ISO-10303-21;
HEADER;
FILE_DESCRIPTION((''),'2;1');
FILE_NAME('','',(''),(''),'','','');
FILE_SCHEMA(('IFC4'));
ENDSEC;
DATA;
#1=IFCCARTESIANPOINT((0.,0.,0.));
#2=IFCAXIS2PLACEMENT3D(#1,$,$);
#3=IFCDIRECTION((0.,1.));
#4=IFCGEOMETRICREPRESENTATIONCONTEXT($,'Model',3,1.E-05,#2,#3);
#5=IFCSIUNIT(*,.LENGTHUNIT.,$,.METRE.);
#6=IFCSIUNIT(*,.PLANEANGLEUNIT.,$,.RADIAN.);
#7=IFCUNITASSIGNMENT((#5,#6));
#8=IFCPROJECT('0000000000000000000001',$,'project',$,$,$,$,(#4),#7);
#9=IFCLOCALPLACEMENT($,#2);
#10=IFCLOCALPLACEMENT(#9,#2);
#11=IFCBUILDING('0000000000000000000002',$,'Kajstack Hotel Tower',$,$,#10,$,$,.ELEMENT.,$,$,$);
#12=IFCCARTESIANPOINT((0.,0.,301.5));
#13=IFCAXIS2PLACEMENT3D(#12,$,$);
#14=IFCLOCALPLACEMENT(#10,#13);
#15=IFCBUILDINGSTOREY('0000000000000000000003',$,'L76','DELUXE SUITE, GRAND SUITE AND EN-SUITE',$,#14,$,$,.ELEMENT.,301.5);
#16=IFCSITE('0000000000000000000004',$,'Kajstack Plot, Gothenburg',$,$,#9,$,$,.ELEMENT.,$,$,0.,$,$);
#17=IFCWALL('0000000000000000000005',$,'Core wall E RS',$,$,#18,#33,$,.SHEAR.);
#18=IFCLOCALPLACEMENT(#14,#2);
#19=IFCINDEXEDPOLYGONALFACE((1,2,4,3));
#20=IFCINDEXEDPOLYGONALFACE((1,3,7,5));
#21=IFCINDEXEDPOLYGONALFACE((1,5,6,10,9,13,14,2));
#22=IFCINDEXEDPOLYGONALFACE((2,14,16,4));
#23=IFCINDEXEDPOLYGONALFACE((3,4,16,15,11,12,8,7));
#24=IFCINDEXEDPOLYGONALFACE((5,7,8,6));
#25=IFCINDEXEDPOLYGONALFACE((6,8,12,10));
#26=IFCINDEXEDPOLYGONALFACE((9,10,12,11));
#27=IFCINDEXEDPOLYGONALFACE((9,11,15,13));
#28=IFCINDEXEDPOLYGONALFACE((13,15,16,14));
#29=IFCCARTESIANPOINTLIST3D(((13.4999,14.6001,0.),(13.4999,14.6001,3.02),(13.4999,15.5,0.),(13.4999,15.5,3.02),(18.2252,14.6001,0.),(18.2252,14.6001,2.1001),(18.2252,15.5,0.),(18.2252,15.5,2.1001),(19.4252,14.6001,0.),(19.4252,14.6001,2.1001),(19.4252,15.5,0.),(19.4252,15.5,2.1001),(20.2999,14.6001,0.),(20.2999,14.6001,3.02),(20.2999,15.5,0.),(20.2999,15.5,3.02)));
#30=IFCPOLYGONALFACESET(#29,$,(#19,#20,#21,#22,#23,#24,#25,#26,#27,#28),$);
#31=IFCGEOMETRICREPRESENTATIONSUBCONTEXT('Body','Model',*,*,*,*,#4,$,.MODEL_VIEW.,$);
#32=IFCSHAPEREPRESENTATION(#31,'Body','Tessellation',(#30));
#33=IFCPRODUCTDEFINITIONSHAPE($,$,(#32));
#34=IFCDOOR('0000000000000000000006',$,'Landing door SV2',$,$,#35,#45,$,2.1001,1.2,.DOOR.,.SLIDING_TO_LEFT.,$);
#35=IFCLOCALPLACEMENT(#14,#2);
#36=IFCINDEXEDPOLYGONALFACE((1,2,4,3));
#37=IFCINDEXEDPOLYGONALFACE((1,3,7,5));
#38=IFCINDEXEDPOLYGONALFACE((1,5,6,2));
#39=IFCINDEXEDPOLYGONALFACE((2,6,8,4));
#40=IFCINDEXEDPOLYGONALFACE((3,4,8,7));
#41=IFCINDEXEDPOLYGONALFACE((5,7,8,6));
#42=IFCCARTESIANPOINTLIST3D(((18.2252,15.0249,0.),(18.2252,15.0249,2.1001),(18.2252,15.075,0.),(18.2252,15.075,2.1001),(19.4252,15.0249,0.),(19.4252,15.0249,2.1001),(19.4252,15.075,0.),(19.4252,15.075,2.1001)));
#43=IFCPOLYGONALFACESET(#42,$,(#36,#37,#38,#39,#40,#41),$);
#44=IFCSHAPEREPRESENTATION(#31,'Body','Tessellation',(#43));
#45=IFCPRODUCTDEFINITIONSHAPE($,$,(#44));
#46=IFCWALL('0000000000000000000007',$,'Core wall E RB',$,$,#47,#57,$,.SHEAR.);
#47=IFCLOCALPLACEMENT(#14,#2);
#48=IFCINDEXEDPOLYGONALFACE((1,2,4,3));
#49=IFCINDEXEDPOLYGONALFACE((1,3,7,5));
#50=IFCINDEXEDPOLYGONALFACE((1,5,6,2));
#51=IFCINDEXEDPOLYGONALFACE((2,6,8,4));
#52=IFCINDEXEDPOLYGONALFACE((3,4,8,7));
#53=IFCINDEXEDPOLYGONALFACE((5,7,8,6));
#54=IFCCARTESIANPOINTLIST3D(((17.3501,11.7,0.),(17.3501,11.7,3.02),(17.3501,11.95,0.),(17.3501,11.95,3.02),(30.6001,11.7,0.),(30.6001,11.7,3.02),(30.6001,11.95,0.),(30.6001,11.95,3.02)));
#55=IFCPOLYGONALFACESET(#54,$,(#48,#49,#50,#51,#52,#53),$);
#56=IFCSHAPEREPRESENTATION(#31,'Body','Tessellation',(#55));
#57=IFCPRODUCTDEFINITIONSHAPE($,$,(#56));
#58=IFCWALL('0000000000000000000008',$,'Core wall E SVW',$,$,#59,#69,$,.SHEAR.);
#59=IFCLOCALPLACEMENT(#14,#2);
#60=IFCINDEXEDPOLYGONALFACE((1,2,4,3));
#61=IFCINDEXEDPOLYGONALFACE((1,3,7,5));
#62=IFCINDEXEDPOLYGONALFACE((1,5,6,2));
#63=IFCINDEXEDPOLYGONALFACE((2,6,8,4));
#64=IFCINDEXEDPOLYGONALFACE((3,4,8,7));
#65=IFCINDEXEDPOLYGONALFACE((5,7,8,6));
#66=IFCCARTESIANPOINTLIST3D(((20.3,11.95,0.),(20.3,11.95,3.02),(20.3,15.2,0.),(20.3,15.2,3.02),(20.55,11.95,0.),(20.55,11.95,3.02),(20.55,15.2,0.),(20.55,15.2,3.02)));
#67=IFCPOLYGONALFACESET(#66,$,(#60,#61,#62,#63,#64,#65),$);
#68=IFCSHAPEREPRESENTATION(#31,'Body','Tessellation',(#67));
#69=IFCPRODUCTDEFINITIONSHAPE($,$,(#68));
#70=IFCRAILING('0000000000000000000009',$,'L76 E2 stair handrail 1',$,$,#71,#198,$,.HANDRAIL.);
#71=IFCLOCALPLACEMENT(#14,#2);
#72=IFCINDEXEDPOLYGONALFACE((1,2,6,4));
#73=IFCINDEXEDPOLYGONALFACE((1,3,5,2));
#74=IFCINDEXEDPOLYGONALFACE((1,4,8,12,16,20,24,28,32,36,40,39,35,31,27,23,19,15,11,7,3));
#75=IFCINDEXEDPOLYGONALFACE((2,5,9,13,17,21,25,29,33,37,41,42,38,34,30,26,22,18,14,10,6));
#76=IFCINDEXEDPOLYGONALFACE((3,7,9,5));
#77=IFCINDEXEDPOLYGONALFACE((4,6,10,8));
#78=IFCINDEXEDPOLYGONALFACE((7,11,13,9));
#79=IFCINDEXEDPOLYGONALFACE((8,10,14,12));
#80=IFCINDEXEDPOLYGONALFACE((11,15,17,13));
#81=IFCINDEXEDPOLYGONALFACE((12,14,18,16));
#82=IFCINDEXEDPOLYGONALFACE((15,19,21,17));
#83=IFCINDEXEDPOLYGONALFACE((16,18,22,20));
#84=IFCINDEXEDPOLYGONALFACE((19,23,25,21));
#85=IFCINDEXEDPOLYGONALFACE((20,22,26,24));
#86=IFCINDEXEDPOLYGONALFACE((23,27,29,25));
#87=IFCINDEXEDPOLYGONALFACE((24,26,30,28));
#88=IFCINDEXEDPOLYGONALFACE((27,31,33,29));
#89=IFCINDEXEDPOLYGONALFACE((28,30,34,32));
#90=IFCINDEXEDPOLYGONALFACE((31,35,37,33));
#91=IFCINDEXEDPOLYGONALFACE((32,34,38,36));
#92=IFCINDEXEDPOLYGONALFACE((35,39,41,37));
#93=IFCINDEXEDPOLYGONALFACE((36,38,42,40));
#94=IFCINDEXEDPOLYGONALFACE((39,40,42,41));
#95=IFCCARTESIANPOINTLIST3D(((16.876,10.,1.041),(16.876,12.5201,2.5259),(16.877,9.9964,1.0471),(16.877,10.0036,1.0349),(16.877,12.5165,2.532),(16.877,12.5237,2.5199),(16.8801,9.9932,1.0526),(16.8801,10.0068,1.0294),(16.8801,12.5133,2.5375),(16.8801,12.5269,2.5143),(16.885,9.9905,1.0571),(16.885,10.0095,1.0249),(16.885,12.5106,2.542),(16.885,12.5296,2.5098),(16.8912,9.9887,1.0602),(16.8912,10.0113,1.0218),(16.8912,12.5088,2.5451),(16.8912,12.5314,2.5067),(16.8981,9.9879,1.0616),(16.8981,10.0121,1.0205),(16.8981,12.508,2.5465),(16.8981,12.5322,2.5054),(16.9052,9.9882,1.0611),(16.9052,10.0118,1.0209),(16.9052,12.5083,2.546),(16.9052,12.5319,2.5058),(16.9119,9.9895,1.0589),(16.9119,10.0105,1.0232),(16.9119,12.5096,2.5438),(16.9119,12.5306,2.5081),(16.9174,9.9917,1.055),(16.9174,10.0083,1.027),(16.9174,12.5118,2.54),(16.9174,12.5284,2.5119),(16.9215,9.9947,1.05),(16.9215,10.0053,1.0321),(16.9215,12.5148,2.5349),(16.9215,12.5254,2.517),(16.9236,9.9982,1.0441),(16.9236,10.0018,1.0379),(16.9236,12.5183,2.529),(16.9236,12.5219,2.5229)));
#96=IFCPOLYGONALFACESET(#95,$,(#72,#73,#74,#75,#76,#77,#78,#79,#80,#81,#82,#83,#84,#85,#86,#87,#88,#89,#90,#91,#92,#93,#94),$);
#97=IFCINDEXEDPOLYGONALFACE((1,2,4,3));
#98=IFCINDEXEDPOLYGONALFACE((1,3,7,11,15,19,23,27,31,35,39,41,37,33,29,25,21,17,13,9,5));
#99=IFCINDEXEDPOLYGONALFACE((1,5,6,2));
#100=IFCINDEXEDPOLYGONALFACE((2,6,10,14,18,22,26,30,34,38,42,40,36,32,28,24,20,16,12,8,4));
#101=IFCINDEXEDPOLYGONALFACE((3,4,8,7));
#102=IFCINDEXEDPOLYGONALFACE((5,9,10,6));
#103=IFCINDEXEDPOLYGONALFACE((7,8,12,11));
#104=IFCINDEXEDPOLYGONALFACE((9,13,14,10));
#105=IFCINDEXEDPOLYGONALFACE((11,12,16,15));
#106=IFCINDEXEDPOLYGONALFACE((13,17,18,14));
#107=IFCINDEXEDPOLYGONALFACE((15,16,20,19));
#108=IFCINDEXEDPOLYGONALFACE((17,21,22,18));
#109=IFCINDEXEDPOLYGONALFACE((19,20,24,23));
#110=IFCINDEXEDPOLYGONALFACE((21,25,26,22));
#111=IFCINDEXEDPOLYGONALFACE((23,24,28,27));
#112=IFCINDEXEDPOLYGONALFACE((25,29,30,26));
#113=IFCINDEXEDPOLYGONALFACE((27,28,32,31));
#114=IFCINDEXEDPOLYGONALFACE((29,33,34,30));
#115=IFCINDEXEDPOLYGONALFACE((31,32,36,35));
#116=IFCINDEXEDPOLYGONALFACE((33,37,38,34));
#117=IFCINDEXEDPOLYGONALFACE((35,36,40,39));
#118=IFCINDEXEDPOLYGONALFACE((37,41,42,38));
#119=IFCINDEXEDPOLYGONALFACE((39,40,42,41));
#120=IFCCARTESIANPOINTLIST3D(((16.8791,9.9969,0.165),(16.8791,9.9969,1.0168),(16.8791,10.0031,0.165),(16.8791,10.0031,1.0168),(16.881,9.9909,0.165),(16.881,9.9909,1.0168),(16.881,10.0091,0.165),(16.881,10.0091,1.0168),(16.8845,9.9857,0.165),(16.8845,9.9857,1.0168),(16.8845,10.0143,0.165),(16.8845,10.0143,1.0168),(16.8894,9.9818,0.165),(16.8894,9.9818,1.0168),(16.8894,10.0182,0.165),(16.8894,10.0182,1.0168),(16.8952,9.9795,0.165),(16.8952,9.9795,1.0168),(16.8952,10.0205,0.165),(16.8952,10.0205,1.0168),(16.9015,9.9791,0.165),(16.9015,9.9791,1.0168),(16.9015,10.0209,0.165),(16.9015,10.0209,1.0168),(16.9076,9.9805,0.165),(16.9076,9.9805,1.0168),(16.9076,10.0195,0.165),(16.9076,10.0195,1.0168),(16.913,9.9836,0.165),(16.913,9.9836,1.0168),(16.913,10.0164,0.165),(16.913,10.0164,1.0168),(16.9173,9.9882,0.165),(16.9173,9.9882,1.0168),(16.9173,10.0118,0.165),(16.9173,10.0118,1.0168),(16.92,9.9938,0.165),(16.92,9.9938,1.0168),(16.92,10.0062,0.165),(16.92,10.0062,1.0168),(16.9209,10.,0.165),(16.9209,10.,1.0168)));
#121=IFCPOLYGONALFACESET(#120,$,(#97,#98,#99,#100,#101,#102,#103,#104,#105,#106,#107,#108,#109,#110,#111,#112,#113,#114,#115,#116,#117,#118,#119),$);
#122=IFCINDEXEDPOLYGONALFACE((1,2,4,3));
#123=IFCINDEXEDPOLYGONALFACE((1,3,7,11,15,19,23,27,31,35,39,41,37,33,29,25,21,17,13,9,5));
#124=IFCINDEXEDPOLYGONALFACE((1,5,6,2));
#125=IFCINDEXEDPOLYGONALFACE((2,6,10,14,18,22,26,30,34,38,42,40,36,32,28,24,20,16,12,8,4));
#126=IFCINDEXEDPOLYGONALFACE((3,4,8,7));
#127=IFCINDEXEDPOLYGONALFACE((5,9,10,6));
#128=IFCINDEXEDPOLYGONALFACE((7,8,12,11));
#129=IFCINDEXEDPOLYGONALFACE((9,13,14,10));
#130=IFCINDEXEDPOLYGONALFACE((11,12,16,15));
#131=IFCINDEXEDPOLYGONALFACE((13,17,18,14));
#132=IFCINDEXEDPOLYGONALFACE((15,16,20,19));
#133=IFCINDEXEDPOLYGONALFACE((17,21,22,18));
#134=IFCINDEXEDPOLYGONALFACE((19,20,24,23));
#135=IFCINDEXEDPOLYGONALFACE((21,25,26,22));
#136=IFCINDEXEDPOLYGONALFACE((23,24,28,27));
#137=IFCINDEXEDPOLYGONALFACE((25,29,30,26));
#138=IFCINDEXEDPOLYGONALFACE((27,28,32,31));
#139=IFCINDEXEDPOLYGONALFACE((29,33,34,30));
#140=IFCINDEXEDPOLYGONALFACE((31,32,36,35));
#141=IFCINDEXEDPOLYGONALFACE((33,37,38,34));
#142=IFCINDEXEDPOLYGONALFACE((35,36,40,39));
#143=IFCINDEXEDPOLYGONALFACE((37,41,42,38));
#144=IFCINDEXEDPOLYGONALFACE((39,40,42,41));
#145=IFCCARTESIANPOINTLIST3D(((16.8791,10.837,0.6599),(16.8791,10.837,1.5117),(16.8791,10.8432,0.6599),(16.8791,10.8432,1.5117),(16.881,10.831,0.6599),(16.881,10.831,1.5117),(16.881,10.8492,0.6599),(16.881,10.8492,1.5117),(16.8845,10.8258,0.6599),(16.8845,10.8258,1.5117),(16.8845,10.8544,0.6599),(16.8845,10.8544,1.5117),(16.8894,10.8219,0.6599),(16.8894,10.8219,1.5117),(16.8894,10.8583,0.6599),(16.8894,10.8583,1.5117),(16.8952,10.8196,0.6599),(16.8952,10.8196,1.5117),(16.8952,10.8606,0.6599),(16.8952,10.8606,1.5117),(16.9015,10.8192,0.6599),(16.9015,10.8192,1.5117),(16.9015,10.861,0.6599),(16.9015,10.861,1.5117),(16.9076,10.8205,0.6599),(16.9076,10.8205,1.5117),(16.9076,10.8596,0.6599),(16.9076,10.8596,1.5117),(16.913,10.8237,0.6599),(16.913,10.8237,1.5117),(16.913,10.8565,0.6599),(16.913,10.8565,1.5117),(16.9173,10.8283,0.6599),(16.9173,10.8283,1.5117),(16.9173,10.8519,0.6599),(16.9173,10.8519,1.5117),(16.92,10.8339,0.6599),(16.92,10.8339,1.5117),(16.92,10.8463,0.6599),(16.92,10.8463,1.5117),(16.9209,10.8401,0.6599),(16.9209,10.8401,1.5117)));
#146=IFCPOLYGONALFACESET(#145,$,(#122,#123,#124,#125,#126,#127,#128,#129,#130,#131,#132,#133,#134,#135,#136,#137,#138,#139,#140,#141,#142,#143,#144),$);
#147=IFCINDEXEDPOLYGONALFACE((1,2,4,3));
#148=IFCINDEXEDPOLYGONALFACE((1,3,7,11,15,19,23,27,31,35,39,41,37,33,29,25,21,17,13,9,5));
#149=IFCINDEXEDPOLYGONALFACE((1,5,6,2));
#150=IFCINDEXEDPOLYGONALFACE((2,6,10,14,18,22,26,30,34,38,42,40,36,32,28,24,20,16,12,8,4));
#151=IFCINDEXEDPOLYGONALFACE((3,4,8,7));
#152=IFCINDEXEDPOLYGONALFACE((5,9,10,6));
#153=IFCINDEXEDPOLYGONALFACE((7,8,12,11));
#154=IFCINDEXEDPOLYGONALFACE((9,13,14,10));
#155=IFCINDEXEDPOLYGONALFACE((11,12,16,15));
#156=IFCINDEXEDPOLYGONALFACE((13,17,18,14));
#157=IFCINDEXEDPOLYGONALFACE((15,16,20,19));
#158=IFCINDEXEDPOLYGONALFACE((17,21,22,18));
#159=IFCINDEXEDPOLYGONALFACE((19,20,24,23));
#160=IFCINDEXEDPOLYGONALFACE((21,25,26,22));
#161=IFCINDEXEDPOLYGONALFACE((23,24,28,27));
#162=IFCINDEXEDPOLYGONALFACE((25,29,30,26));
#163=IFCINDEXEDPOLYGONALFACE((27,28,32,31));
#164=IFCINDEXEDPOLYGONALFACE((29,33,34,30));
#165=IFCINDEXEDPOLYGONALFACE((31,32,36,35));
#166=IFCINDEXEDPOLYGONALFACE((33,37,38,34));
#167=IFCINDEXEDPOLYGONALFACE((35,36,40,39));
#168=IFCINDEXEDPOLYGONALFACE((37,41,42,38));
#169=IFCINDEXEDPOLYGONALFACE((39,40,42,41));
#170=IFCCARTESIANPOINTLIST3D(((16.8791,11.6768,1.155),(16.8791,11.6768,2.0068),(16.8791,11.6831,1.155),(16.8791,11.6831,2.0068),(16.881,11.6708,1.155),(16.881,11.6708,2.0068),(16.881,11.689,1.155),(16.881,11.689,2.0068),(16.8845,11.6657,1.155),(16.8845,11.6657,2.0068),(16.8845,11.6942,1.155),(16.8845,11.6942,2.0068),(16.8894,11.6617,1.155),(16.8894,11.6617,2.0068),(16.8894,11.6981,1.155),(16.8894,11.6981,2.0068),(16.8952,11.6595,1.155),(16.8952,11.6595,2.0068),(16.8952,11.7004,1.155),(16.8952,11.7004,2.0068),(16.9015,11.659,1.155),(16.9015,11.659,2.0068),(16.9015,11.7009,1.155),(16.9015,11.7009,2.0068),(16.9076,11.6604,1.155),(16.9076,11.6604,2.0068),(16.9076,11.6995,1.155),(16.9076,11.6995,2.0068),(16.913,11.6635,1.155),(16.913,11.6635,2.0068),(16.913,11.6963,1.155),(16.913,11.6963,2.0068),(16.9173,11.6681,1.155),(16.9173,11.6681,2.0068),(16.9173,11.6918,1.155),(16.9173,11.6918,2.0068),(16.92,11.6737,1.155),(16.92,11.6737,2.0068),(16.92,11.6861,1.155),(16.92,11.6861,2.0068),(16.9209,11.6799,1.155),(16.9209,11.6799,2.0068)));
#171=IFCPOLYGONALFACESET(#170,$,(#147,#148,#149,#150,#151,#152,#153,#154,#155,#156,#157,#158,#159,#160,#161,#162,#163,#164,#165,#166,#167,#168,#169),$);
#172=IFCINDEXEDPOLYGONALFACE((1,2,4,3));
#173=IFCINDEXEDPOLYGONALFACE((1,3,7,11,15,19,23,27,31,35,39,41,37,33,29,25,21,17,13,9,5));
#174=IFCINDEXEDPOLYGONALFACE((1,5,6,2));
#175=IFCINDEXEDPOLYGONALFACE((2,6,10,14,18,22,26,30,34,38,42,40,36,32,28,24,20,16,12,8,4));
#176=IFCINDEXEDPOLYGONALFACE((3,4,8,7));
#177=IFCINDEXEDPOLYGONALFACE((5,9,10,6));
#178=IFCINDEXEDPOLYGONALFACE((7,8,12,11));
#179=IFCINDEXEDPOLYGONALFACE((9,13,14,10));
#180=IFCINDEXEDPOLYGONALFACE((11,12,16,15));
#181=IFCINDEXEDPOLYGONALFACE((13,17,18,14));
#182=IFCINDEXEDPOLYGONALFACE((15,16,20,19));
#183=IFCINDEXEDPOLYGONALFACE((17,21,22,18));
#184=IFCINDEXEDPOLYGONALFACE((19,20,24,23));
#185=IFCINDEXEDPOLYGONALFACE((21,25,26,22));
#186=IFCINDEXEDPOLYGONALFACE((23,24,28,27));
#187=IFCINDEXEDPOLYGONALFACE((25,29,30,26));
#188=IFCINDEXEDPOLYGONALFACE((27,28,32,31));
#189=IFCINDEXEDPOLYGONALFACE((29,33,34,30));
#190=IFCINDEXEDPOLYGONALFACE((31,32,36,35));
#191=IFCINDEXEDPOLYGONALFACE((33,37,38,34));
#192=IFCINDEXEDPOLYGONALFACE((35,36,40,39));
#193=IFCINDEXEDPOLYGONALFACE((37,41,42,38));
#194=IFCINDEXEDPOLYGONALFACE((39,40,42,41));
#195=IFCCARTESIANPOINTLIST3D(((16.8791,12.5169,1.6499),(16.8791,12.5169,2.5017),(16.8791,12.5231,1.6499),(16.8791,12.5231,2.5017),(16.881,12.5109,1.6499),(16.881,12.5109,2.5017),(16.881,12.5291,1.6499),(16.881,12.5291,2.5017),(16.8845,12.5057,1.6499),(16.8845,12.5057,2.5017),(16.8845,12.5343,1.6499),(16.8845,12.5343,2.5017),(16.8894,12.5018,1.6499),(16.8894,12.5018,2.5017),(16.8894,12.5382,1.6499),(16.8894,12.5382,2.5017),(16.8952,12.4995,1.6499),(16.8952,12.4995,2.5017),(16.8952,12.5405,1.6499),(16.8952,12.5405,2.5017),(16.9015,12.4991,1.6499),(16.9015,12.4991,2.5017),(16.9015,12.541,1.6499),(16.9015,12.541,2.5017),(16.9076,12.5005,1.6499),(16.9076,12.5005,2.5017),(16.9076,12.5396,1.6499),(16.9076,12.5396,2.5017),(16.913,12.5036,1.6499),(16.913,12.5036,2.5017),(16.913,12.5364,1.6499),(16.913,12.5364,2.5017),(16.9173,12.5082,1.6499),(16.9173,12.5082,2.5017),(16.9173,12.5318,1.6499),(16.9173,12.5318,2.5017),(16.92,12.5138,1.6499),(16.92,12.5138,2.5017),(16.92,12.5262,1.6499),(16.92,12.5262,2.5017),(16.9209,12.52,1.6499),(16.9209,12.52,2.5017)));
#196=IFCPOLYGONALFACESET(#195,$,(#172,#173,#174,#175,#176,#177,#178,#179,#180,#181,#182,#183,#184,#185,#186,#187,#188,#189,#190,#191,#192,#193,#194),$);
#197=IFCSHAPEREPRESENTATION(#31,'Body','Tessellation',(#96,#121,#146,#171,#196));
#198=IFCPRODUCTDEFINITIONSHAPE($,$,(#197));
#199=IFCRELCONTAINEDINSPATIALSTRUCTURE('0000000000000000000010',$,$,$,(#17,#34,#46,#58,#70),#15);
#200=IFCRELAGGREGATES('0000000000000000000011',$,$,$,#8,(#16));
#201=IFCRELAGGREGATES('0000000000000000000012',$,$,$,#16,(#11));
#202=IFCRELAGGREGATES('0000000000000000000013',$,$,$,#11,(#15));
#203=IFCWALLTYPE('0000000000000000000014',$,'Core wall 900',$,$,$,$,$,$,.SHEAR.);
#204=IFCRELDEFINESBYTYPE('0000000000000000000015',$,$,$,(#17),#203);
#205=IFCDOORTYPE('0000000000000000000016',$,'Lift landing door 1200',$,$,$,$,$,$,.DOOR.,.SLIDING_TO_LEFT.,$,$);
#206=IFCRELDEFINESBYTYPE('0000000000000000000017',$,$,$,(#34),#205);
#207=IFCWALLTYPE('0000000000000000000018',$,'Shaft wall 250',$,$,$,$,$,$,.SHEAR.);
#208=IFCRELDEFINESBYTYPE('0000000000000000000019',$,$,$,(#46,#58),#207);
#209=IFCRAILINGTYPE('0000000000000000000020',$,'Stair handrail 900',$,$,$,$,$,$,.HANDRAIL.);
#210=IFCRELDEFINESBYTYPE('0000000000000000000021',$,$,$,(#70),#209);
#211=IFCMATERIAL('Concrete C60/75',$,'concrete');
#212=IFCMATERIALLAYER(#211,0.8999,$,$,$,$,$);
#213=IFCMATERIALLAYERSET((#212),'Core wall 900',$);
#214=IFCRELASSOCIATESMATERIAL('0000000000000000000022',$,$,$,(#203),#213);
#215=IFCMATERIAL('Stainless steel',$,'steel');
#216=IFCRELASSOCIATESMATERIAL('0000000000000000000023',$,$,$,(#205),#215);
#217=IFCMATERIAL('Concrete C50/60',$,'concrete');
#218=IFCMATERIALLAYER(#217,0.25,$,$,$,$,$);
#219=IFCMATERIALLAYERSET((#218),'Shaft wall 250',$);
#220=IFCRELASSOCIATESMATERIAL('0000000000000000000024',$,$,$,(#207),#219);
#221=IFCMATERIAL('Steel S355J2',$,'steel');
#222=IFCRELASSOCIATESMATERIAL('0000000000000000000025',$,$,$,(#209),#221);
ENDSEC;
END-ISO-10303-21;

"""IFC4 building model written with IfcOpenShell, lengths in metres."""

from ifc_helpers import new_model, si_unit, direction, frame, frame_2d, origin, origin_2d, place, context, subcontext, project, spatial, rectangle, circle, extrude, material, layer, layer_set, type_object, element, fill, save


model = new_model("IFC4")

# Units and contexts
model_context = context("Model", 3, precision=1e-05, world=origin(), true_north=direction((0.0, 1.0)))
body_context = subcontext(model_context, "Body", "Model", "MODEL_VIEW")
ifc_project = project(units=[si_unit("LENGTHUNIT", "METRE"), si_unit("PLANEANGLEUNIT", "RADIAN")], contexts=[model_context])

# Site, building, storey
site_placement = place(None, origin())
site = spatial("IfcSite", under=ifc_project, at=site_placement, Name="Kajstack Plot, Gothenburg", CompositionType="ELEMENT", RefElevation=0.0)
building_placement = place(site_placement, origin())
building = spatial("IfcBuilding", under=site, at=building_placement, Name="Kajstack Hotel Tower", CompositionType="ELEMENT")
storey_placement = place(building_placement, frame((0.0, 0.0, 301.5)))
storey = spatial("IfcBuildingStorey", under=building, at=storey_placement, Name="L76", Description="DELUXE SUITE, GRAND SUITE AND EN-SUITE", CompositionType="ELEMENT", Elevation=301.5)

# Wall, opening, door
ifc_material_1 = material(Name="Concrete C60/75", Category="concrete")
ifc_layer_1 = layer(ifc_material_1, 0.8999)
ifc_layer_set_1 = layer_set([ifc_layer_1], Name="Core wall 900")
wall_type_1 = type_object("IfcWallType", Name="Core wall 900", PredefinedType="SHEAR", material=ifc_layer_set_1)
wall_1_placement = place(storey_placement, frame((13.5, 15.05, 0.0), z_axis=(0.0, 0.0, 1.0), x_axis=(1.0, 0.0, 0.0)))
wall_1 = element("IfcWall", 1, at=wall_1_placement, inside=storey, type_object=wall_type_1, Name="Core wall E RS", PredefinedType="SHEAR", context=body_context, shape_type="SweptSolid", body=[
    extrude(rectangle(XDim=6.8, YDim=0.8999, at=frame_2d((3.3999, 0.0))), origin(), (0.0, 0.0, 1.0), 3.02),
])
opening_placement = place(wall_1_placement, frame((4.7251, 0.0, 0.0)))
opening = element("IfcOpeningElement", 2, at=opening_placement, cuts=wall_1, PredefinedType="OPENING", context=body_context, shape_type="SweptSolid", body=[
    extrude(rectangle(XDim=1.2, YDim=2.1001, at=frame_2d((0.6001, 1.05))), frame((0.0, 0.46, 0.0), z_axis=(0.0, -1.0, 0.0), x_axis=(1.0, 0.0, 0.0)), (0.0, 0.0, 1.0), 0.9199),
])
ifc_material_2 = material(Name="Stainless steel", Category="steel")
door_type = type_object("IfcDoorType", Name="Lift landing door 1200", OperationType="SLIDING_TO_LEFT", PredefinedType="DOOR", material=ifc_material_2)
door_placement = place(opening_placement, origin())
door = element("IfcDoor", 3, at=door_placement, inside=storey, type_object=door_type, Name="Landing door SV2", OperationType="SLIDING_TO_LEFT", OverallHeight=2.1001, OverallWidth=1.2, PredefinedType="DOOR", context=body_context, shape_type="SweptSolid", body=[
    extrude(rectangle(XDim=1.2, YDim=2.1001, at=frame_2d((0.6001, 1.05))), frame((0.0, 0.0249, 0.0), z_axis=(0.0, -1.0, 0.0), x_axis=(1.0, 0.0, 0.0)), (0.0, 0.0, 1.0), 0.05),
])
fill(opening, door)

# Walls
ifc_material_3 = material(Name="Concrete C50/60", Category="concrete")
ifc_layer_2 = layer(ifc_material_3, 0.25)
ifc_layer_set_2 = layer_set([ifc_layer_2], Name="Shaft wall 250")
wall_type_2 = type_object("IfcWallType", Name="Shaft wall 250", PredefinedType="SHEAR", material=ifc_layer_set_2)
wall_2_placement = place(storey_placement, frame((17.3501, 11.825, 0.0), z_axis=(0.0, 0.0, 1.0), x_axis=(1.0, 0.0, 0.0)))
element("IfcWall", 4, at=wall_2_placement, inside=storey, type_object=wall_type_2, Name="Core wall E RB", PredefinedType="SHEAR", context=body_context, shape_type="SweptSolid", body=[
    extrude(rectangle(XDim=13.25, YDim=0.25, at=frame_2d((6.625, 0.0))), origin(), (0.0, 0.0, 1.0), 3.02),
])
wall_3_placement = place(storey_placement, frame((20.425, 11.95, 0.0), z_axis=(0.0, 0.0, 1.0), x_axis=(0.0, 1.0, 0.0)))
element("IfcWall", 5, at=wall_3_placement, inside=storey, type_object=wall_type_2, Name="Core wall E SVW", PredefinedType="SHEAR", context=body_context, shape_type="SweptSolid", body=[
    extrude(rectangle(XDim=3.25, YDim=0.25, at=frame_2d((1.625, 0.0))), origin(), (0.0, 0.0, 1.0), 3.02),
])

# Railing
ifc_material_4 = material(Name="Steel S355J2", Category="steel")
railing_type = type_object("IfcRailingType", Name="Stair handrail 900", PredefinedType="HANDRAIL", material=ifc_material_4)
railing_1_placement = place(storey_placement, frame((16.8999, 10.0, 0.165)))
element("IfcRailing", 6, at=railing_1_placement, inside=storey, type_object=railing_type, Name="L76 E2 stair handrail 1", PredefinedType="HANDRAIL", context=body_context, shape_type="SweptSolid", body=[
    extrude(circle(Radius=0.0239, at=origin_2d()), frame((0.0, 0.0, 0.876), z_axis=(0.0, 0.861561, 0.507655), x_axis=(-1.0, 0.0, 0.0)), (0.0, 0.0, 1.0), 2.925),
    extrude(circle(Radius=0.021, at=origin_2d()), origin(), (0.0, 0.0, 1.0), 0.8518),
    extrude(circle(Radius=0.021, at=origin_2d()), frame((0.0, 0.8401, 0.4949)), (0.0, 0.0, 1.0), 0.8518),
    extrude(circle(Radius=0.021, at=origin_2d()), frame((0.0, 1.6799, 0.99)), (0.0, 0.0, 1.0), 0.8518),
    extrude(circle(Radius=0.021, at=origin_2d()), frame((0.0, 2.52, 1.4849)), (0.0, 0.0, 1.0), 0.8518),
])

save(model, "model.ifc")
